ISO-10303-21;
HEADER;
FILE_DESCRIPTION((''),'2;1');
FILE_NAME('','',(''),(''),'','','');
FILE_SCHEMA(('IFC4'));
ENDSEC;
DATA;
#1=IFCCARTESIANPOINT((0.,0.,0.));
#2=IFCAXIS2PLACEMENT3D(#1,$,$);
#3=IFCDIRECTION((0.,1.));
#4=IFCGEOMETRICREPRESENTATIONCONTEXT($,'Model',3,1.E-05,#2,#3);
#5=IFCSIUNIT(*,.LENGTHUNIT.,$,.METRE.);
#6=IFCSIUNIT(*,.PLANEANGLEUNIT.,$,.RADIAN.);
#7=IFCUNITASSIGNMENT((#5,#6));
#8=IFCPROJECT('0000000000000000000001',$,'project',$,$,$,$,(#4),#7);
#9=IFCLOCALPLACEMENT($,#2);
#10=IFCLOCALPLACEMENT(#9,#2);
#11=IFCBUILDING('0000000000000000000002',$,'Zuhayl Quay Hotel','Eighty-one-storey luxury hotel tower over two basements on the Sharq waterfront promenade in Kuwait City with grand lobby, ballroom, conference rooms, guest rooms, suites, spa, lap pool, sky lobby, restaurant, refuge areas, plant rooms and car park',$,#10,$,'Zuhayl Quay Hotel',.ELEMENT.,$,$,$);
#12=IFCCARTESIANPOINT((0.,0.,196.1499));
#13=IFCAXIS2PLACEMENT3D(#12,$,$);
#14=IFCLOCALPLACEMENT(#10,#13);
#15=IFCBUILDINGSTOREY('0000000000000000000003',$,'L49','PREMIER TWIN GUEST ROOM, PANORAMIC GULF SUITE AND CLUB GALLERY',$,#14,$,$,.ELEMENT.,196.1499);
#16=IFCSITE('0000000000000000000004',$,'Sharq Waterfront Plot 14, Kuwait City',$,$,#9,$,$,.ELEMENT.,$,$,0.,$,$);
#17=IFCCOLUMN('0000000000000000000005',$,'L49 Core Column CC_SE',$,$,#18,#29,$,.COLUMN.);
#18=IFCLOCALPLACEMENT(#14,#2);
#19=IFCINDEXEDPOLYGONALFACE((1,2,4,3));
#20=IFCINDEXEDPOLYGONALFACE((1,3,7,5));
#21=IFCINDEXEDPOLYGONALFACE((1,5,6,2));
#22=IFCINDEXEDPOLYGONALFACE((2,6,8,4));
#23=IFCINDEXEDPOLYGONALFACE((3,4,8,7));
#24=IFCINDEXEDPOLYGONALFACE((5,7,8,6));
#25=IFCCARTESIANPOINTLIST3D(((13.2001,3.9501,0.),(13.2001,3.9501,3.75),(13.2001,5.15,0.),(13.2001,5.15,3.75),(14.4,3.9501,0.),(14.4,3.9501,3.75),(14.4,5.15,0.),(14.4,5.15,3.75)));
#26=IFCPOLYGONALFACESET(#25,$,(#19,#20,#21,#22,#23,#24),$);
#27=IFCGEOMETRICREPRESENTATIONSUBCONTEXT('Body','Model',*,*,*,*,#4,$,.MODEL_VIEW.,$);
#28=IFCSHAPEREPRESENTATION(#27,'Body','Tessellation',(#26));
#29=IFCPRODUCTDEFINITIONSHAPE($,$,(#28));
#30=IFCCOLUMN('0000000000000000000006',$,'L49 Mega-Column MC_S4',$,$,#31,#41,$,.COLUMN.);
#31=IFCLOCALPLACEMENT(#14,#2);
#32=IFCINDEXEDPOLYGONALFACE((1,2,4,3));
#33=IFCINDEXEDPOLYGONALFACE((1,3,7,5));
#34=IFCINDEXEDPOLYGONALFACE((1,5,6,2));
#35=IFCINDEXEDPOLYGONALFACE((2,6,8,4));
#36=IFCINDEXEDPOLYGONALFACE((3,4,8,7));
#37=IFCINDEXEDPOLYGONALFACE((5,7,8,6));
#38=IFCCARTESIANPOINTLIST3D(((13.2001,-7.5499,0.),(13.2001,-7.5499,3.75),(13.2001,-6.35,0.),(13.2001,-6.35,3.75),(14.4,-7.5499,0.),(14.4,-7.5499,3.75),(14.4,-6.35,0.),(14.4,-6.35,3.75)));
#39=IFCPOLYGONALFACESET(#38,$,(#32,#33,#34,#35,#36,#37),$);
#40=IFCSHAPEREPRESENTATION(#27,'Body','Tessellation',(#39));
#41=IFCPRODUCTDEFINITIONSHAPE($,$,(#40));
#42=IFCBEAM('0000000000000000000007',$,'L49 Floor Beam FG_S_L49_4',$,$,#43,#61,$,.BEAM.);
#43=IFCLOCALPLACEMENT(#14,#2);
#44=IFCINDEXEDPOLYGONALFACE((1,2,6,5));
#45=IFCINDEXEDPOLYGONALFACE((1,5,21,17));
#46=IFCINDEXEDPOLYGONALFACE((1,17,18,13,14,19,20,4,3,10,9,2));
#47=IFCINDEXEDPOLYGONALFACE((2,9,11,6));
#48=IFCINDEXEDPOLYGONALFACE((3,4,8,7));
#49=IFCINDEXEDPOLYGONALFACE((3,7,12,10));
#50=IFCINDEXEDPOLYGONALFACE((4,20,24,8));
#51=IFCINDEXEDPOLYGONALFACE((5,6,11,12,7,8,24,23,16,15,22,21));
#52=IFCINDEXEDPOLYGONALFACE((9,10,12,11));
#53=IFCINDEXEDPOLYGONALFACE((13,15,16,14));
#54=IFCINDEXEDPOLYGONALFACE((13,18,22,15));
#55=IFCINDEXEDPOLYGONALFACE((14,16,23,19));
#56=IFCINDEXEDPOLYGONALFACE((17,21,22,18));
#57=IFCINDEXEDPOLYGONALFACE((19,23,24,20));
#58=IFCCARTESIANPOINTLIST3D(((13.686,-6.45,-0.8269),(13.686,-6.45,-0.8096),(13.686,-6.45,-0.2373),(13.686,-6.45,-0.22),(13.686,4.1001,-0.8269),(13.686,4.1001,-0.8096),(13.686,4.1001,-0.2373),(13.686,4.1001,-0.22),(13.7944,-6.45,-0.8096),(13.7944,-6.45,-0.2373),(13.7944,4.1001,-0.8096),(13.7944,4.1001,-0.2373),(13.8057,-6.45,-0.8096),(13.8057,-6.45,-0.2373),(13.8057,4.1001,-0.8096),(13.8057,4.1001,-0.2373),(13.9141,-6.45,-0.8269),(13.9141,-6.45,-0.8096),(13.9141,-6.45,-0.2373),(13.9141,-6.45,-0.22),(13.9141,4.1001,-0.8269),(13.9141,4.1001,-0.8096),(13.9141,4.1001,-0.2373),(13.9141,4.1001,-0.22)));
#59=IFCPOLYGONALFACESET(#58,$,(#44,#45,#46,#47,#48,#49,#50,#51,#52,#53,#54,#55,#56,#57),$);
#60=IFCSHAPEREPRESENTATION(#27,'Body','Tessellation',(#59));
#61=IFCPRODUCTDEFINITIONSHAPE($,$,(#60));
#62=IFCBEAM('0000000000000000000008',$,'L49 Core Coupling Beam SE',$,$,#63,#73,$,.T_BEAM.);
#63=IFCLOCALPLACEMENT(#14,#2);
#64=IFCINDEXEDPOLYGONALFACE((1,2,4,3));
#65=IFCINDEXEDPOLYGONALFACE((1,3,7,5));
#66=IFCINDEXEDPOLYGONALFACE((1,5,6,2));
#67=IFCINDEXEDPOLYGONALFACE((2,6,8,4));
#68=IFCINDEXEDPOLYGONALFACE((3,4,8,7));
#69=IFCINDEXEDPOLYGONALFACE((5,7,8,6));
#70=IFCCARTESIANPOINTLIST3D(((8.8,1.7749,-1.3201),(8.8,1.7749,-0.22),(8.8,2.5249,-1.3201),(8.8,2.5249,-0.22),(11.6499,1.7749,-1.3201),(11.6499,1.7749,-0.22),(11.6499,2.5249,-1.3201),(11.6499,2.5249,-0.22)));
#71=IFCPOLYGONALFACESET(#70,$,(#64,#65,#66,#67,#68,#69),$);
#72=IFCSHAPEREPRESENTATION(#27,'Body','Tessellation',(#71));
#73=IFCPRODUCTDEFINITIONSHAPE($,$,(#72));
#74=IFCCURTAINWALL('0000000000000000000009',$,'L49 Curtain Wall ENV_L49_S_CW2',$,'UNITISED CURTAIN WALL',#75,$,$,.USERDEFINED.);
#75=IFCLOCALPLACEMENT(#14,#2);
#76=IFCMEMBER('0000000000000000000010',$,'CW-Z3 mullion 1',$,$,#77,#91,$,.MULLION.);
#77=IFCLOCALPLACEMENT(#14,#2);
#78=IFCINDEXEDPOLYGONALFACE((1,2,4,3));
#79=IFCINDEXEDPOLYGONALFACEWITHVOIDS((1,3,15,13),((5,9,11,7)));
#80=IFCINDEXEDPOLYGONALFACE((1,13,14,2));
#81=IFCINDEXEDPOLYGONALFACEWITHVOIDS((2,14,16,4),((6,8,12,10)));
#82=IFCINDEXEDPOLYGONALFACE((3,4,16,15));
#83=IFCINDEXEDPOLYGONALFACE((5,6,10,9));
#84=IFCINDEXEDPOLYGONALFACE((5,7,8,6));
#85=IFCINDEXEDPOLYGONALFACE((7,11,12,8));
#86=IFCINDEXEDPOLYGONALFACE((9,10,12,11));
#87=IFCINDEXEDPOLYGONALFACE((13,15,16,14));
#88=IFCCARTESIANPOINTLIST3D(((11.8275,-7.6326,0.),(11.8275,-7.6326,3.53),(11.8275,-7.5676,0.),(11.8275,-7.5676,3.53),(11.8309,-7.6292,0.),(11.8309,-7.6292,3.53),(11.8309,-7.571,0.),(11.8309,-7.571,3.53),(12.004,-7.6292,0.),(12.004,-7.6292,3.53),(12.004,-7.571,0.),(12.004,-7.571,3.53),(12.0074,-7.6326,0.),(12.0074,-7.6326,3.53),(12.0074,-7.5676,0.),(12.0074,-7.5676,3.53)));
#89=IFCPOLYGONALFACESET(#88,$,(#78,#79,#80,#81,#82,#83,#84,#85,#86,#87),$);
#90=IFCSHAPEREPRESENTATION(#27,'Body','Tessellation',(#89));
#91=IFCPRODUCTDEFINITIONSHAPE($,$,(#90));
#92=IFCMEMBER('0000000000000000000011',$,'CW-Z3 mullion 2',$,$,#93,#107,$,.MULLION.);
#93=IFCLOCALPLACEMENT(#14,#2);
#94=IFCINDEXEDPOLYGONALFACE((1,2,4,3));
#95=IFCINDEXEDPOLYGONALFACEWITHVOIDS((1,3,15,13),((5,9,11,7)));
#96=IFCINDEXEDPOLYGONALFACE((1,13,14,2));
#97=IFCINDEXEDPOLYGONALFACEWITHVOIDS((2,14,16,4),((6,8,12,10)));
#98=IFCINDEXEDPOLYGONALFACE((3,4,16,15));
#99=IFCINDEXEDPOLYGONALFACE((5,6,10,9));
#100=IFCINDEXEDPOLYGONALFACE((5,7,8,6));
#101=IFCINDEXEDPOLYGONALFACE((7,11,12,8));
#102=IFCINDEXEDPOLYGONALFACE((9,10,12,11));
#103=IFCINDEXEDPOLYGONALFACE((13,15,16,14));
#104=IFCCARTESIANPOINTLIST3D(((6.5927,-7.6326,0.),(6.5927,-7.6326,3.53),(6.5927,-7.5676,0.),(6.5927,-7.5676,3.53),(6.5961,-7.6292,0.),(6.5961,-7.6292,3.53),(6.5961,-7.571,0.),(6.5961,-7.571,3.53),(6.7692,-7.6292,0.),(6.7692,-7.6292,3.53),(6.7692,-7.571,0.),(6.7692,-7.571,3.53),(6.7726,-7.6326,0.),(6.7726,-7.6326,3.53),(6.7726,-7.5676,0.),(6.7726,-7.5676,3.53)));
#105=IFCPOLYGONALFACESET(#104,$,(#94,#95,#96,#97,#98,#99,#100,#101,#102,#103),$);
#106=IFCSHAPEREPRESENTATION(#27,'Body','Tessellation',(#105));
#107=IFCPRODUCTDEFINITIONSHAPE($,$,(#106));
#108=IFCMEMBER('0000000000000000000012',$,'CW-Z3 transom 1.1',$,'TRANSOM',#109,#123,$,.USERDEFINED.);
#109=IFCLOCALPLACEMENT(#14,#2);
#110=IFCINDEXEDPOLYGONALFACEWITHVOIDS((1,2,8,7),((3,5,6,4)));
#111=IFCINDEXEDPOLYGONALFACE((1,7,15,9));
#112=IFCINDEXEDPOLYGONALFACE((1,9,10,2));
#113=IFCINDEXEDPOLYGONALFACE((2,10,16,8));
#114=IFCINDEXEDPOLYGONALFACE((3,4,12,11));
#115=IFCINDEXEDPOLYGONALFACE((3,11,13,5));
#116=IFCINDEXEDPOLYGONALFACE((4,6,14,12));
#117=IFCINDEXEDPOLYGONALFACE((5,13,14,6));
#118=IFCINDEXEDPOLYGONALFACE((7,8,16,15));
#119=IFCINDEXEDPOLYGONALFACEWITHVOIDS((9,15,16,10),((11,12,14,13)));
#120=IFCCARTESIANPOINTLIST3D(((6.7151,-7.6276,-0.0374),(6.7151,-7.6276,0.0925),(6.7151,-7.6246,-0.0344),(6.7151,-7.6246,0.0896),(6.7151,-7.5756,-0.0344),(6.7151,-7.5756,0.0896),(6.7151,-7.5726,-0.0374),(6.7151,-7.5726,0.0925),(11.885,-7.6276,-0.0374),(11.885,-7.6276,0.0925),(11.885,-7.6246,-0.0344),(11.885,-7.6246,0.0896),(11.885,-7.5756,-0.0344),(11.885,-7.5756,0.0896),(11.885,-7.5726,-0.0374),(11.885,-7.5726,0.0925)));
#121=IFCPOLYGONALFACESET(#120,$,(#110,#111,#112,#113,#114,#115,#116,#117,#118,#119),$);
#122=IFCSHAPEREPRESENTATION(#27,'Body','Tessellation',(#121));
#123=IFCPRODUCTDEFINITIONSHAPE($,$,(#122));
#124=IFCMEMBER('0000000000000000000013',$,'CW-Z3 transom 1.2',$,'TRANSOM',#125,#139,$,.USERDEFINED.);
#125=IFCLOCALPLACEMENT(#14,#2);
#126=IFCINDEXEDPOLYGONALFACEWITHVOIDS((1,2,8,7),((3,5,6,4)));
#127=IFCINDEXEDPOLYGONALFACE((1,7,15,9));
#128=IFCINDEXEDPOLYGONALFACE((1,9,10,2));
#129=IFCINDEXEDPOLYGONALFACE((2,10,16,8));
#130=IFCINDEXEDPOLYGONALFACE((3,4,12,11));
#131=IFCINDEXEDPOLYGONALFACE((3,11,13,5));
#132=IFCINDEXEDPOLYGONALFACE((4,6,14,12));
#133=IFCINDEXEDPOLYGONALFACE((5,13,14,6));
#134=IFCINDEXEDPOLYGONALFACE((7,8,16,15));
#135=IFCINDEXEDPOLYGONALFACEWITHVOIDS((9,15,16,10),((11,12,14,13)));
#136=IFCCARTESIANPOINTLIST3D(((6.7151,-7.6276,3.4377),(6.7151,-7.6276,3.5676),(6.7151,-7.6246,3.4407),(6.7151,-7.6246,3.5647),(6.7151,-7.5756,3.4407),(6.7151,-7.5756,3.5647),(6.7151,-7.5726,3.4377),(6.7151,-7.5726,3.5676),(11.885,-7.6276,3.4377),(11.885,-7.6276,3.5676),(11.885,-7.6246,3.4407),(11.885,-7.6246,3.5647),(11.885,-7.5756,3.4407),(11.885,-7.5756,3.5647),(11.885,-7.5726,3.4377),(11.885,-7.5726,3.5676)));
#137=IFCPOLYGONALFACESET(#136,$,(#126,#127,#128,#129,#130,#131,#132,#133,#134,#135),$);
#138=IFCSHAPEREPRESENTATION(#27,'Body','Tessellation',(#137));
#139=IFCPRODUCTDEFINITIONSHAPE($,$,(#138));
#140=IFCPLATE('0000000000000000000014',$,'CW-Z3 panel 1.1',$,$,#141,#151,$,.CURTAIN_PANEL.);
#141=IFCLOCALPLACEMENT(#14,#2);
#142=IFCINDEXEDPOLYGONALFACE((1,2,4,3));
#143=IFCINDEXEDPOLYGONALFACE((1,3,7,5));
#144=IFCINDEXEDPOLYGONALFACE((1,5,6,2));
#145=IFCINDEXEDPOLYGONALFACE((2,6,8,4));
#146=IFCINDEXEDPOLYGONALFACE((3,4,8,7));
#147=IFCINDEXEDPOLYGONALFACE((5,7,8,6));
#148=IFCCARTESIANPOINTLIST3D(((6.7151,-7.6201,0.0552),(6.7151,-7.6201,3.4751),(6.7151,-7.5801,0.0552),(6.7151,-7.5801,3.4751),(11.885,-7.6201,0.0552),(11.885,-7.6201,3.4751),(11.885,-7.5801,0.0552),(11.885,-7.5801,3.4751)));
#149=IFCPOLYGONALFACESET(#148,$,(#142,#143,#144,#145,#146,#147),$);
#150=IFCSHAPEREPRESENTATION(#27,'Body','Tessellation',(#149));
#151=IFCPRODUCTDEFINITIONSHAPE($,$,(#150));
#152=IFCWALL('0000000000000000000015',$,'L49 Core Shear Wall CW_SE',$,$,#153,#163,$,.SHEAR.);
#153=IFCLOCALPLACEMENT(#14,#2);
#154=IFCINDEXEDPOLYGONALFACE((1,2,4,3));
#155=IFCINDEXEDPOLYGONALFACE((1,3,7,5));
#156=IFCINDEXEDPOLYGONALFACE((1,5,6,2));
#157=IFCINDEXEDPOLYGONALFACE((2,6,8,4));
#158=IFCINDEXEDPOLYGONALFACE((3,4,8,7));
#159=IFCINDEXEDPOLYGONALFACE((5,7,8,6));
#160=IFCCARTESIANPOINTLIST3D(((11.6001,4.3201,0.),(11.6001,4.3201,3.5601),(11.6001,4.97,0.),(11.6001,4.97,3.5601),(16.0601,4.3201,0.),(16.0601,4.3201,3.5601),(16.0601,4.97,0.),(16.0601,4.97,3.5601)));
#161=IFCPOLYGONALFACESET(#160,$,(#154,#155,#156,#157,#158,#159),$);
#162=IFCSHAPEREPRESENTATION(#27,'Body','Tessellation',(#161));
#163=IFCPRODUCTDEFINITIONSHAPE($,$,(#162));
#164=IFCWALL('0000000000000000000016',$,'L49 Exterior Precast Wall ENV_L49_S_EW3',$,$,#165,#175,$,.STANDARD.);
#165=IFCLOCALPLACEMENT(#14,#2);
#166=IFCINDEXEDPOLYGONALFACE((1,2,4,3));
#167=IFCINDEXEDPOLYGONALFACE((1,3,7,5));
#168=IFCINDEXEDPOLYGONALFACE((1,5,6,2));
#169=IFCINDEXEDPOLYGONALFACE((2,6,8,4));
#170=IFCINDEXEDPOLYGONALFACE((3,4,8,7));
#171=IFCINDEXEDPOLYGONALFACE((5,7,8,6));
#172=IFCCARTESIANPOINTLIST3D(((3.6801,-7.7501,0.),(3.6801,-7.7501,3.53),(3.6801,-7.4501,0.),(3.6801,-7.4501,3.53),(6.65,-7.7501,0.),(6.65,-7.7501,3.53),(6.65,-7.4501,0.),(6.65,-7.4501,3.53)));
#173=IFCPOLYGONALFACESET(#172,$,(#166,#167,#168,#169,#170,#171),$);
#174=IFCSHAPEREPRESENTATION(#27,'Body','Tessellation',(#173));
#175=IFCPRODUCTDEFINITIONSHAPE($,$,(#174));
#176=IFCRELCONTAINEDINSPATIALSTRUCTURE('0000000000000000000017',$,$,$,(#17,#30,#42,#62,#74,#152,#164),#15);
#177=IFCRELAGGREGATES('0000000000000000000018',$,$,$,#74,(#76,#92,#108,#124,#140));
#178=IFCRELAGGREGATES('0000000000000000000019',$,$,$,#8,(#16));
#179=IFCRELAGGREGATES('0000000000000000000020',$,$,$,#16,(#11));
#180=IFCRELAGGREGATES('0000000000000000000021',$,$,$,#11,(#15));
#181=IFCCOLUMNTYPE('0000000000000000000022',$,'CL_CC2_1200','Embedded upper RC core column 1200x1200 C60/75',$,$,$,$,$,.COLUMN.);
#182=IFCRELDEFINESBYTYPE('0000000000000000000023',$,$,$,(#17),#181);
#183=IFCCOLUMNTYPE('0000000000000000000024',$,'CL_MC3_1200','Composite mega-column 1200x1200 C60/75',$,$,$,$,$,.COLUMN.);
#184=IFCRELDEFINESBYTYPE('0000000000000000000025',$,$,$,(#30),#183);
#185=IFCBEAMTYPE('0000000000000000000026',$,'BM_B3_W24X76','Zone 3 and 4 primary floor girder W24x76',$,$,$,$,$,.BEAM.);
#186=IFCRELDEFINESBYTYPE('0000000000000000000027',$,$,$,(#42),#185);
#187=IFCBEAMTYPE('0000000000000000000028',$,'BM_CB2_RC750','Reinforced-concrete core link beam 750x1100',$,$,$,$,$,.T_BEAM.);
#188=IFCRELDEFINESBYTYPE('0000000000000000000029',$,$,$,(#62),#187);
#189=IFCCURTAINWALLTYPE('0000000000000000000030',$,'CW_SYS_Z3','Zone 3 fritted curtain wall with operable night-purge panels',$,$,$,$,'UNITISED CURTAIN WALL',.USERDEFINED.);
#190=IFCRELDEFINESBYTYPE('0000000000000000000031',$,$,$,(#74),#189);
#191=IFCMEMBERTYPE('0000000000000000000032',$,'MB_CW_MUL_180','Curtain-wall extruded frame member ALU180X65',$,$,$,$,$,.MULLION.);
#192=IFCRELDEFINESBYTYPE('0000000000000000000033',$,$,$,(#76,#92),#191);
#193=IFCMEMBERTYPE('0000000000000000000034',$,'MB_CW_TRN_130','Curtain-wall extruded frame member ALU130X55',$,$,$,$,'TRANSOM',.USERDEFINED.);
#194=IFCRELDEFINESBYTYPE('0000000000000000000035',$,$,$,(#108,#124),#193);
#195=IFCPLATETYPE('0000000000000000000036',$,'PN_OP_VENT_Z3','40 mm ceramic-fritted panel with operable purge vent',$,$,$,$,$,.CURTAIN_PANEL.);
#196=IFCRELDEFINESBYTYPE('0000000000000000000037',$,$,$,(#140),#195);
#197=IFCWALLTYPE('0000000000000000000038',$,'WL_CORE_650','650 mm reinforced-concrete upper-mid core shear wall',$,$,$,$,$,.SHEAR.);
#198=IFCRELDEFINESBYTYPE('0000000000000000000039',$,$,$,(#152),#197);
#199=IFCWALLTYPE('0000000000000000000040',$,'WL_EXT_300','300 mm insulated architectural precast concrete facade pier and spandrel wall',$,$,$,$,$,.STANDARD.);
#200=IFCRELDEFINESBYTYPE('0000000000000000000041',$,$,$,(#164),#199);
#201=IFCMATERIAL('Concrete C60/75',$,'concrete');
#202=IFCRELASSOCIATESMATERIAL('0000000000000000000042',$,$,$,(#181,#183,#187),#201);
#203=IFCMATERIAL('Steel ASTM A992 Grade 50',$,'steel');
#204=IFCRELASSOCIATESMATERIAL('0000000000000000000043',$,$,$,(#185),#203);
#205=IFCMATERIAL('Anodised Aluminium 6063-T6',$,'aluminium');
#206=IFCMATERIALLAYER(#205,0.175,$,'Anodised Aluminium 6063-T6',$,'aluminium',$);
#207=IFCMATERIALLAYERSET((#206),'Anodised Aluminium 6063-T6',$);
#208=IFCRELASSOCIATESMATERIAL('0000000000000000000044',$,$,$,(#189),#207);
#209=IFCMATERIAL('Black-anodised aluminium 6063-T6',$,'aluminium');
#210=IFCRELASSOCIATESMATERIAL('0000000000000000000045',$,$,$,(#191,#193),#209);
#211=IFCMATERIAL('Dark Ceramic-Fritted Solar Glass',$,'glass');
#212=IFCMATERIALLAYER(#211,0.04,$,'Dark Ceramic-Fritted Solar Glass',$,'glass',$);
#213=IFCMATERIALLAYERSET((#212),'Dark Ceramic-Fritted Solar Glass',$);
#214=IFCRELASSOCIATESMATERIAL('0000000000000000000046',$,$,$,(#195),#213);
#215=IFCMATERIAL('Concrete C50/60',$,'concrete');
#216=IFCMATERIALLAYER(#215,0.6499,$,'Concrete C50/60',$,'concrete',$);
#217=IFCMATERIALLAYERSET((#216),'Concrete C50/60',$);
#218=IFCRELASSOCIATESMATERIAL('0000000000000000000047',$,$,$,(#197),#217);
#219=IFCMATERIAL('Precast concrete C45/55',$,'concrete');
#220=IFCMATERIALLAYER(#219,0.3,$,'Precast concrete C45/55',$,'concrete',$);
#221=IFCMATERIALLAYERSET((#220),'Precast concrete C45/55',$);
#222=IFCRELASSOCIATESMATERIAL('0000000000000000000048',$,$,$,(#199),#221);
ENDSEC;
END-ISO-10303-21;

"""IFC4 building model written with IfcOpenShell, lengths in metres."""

from ifc_helpers import new_model, si_unit, direction, frame, frame_2d, origin, origin_2d, place, context, subcontext, project, spatial, rectangle, hollow_rectangle, i_section, extrude, material, layer, layer_set, material_profile, profile_set, type_object, element, aggregate, save


model = new_model("IFC4")

# Units and contexts
model_context = context("Model", 3, precision=1e-05, world=origin(), true_north=direction((0.0, 1.0)))
body_context = subcontext(model_context, "Body", "Model", "MODEL_VIEW")
ifc_project = project(units=[si_unit("LENGTHUNIT", "METRE"), si_unit("PLANEANGLEUNIT", "RADIAN")], contexts=[model_context])

# Site, building, storey
site_placement = place(None, origin())
site = spatial("IfcSite", under=ifc_project, at=site_placement, Name="Sharq Waterfront Plot 14, Kuwait City", CompositionType="ELEMENT", RefElevation=0.0)
building_placement = place(site_placement, origin())
building = spatial("IfcBuilding", under=site, at=building_placement, Name="Zuhayl Quay Hotel", Description="Eighty-one-storey luxury hotel tower over two basements on the Sharq waterfront promenade in Kuwait City with grand lobby, ballroom, conference rooms, guest rooms, suites, spa, lap pool, sky lobby, restaurant, refuge areas, plant rooms and car park", LongName="Zuhayl Quay Hotel", CompositionType="ELEMENT")
storey_placement = place(building_placement, frame((0.0, 0.0, 196.1499)))
storey = spatial("IfcBuildingStorey", under=building, at=storey_placement, Name="L49", Description="PREMIER TWIN GUEST ROOM, PANORAMIC GULF SUITE AND CLUB GALLERY", CompositionType="ELEMENT", Elevation=196.1499)

# Columns
ifc_material_1 = material(Name="Concrete C60/75", Category="concrete")
ifc_material_profile_1 = material_profile(ifc_material_1, rectangle(XDim=1.2, YDim=1.2, at=origin_2d()), Name="RC1200X1200")
ifc_profile_set_1 = profile_set([ifc_material_profile_1], Name="Concrete C60/75")
column_type_1 = type_object("IfcColumnType", Name="CL_CC2_1200", Description="Embedded upper RC core column 1200x1200 C60/75", PredefinedType="COLUMN", material=ifc_profile_set_1)
column_1_placement = place(storey_placement, frame((13.8, 4.55, 0.0), z_axis=(0.0, 0.0, 1.0), x_axis=(1.0, 0.0, 0.0)))
element("IfcColumn", 1, at=column_1_placement, inside=storey, type_object=column_type_1, Name="L49 Core Column CC_SE", PredefinedType="COLUMN", context=body_context, shape_type="SweptSolid", body=[
    extrude(rectangle(XDim=1.2, YDim=1.2, at=origin_2d()), origin(), (0.0, 0.0, 1.0), 3.75),
])
ifc_material_profile_2 = material_profile(ifc_material_1, rectangle(XDim=1.2, YDim=1.2, at=origin_2d()), Name="RC1200X1200")
ifc_profile_set_2 = profile_set([ifc_material_profile_2], Name="Concrete C60/75")
column_type_2 = type_object("IfcColumnType", Name="CL_MC3_1200", Description="Composite mega-column 1200x1200 C60/75", PredefinedType="COLUMN", material=ifc_profile_set_2)
column_2_placement = place(storey_placement, frame((13.8, -6.95, 0.0), z_axis=(0.0, 0.0, 1.0), x_axis=(1.0, 0.0, 0.0)))
element("IfcColumn", 2, at=column_2_placement, inside=storey, type_object=column_type_2, Name="L49 Mega-Column MC_S4", PredefinedType="COLUMN", context=body_context, shape_type="SweptSolid", body=[
    extrude(rectangle(XDim=1.2, YDim=1.2, at=origin_2d()), origin(), (0.0, 0.0, 1.0), 3.75),
])

# Beams
ifc_material_2 = material(Name="Steel ASTM A992 Grade 50", Category="steel")
ifc_material_profile_3 = material_profile(ifc_material_2, i_section(OverallWidth=0.228, OverallDepth=0.6069, WebThickness=0.0112, FlangeThickness=0.0173, at=origin_2d()), Name="W24X76")
ifc_profile_set_3 = profile_set([ifc_material_profile_3], Name="Steel ASTM A992 Grade 50")
beam_type_1 = type_object("IfcBeamType", Name="BM_B3_W24X76", Description="Zone 3 and 4 primary floor girder W24x76", PredefinedType="BEAM", material=ifc_profile_set_3)
beam_1_placement = place(storey_placement, frame((13.8, -6.45, -0.5234), z_axis=(0.0, 1.0, 0.0), x_axis=(-1.0, 0.0, 0.0)))
element("IfcBeam", 3, at=beam_1_placement, inside=storey, type_object=beam_type_1, Name="L49 Floor Beam FG_S_L49_4", PredefinedType="BEAM", context=body_context, shape_type="SweptSolid", body=[
    extrude(i_section(OverallWidth=0.228, OverallDepth=0.6069, WebThickness=0.0112, FlangeThickness=0.0173, at=origin_2d()), origin(), (0.0, 0.0, 1.0), 10.55),
])
ifc_material_profile_4 = material_profile(ifc_material_1, rectangle(XDim=0.75, YDim=1.1001, at=origin_2d()), Name="RC750X1100")
ifc_profile_set_4 = profile_set([ifc_material_profile_4], Name="Concrete C60/75")
beam_type_2 = type_object("IfcBeamType", Name="BM_CB2_RC750", Description="Reinforced-concrete core link beam 750x1100", PredefinedType="T_BEAM", material=ifc_profile_set_4)
beam_2_placement = place(storey_placement, frame((8.8, 2.1499, -0.77), z_axis=(1.0, 0.0, 0.0), x_axis=(0.0, 1.0, 0.0)))
element("IfcBeam", 4, at=beam_2_placement, inside=storey, type_object=beam_type_2, Name="L49 Core Coupling Beam SE", PredefinedType="T_BEAM", context=body_context, shape_type="SweptSolid", body=[
    extrude(rectangle(XDim=0.75, YDim=1.1001, at=origin_2d()), origin(), (0.0, 0.0, 1.0), 2.8499),
])

# Curtain wall, members, plate
ifc_material_3 = material(Name="Anodised Aluminium 6063-T6", Category="aluminium")
ifc_layer_1 = layer(ifc_material_3, 0.175, Name="Anodised Aluminium 6063-T6", Category="aluminium")
ifc_layer_set_1 = layer_set([ifc_layer_1], Name="Anodised Aluminium 6063-T6")
curtain_wall_type = type_object("IfcCurtainWallType", Name="CW_SYS_Z3", Description="Zone 3 fritted curtain wall with operable night-purge panels", ElementType="UNITISED CURTAIN WALL", PredefinedType="USERDEFINED", material=ifc_layer_set_1)
curtain_wall_placement = place(storey_placement, origin())
curtain_wall = element("IfcCurtainWall", 5, at=curtain_wall_placement, inside=storey, type_object=curtain_wall_type, Name="L49 Curtain Wall ENV_L49_S_CW2", ObjectType="UNITISED CURTAIN WALL", PredefinedType="USERDEFINED")
ifc_material_4 = material(Name="Black-anodised aluminium 6063-T6", Category="aluminium")
ifc_material_profile_5 = material_profile(ifc_material_4, hollow_rectangle(XDim=0.0649, YDim=0.1799, WallThickness=0.0034, at=origin_2d()), Name="ALU180X65")
ifc_profile_set_5 = profile_set([ifc_material_profile_5], Name="Black-anodised aluminium 6063-T6")
member_type_1 = type_object("IfcMemberType", Name="MB_CW_MUL_180", Description="Curtain-wall extruded frame member ALU180X65", PredefinedType="MULLION", material=ifc_profile_set_5)
member_1_placement = place(storey_placement, frame((11.9175, -7.6001, 0.0), z_axis=(0.0, 0.0, 1.0), x_axis=(0.0, -1.0, 0.0)))
member_1 = element("IfcMember", 6, at=member_1_placement, type_object=member_type_1, Name="CW-Z3 mullion 1", PredefinedType="MULLION", context=body_context, shape_type="SweptSolid", body=[
    extrude(hollow_rectangle(XDim=0.0649, YDim=0.1799, WallThickness=0.0034, at=origin_2d()), origin(), (0.0, 0.0, 1.0), 3.53),
])
member_2_placement = place(storey_placement, frame((6.6826, -7.6001, 0.0), z_axis=(0.0, 0.0, 1.0), x_axis=(0.0, -1.0, 0.0)))
member_2 = element("IfcMember", 7, at=member_2_placement, type_object=member_type_1, Name="CW-Z3 mullion 2", PredefinedType="MULLION", context=body_context, shape_type="SweptSolid", body=[
    extrude(hollow_rectangle(XDim=0.0649, YDim=0.1799, WallThickness=0.0034, at=origin_2d()), origin(), (0.0, 0.0, 1.0), 3.53),
])
ifc_material_profile_6 = material_profile(ifc_material_4, hollow_rectangle(XDim=0.0549, YDim=0.1299, WallThickness=0.0029, at=origin_2d()), Name="ALU130X55")
ifc_profile_set_6 = profile_set([ifc_material_profile_6], Name="Black-anodised aluminium 6063-T6")
member_type_2 = type_object("IfcMemberType", Name="MB_CW_TRN_130", Description="Curtain-wall extruded frame member ALU130X55", ElementType="TRANSOM", PredefinedType="USERDEFINED", material=ifc_profile_set_6)
member_3_placement = place(storey_placement, frame((11.885, -7.6001, 0.0276), z_axis=(-1.0, 0.0, 0.0), x_axis=(0.0, -1.0, 0.0)))
member_3 = element("IfcMember", 8, at=member_3_placement, type_object=member_type_2, Name="CW-Z3 transom 1.1", ObjectType="TRANSOM", PredefinedType="USERDEFINED", context=body_context, shape_type="SweptSolid", body=[
    extrude(hollow_rectangle(XDim=0.0549, YDim=0.1299, WallThickness=0.0029, at=origin_2d()), origin(), (0.0, 0.0, 1.0), 5.1699),
])
member_4_placement = place(storey_placement, frame((11.885, -7.6001, 3.5027), z_axis=(-1.0, 0.0, 0.0), x_axis=(0.0, -1.0, 0.0)))
member_4 = element("IfcMember", 9, at=member_4_placement, type_object=member_type_2, Name="CW-Z3 transom 1.2", ObjectType="TRANSOM", PredefinedType="USERDEFINED", context=body_context, shape_type="SweptSolid", body=[
    extrude(hollow_rectangle(XDim=0.0549, YDim=0.1299, WallThickness=0.0029, at=origin_2d()), origin(), (0.0, 0.0, 1.0), 5.1699),
])
ifc_material_5 = material(Name="Dark Ceramic-Fritted Solar Glass", Category="glass")
ifc_layer_2 = layer(ifc_material_5, 0.04, Name="Dark Ceramic-Fritted Solar Glass", Category="glass")
ifc_layer_set_2 = layer_set([ifc_layer_2], Name="Dark Ceramic-Fritted Solar Glass")
plate_type = type_object("IfcPlateType", Name="PN_OP_VENT_Z3", Description="40 mm ceramic-fritted panel with operable purge vent", PredefinedType="CURTAIN_PANEL", material=ifc_layer_set_2)
plate_placement = place(storey_placement, frame((9.3, -7.6001, 0.0552), z_axis=(0.0, 0.0, 1.0), x_axis=(-1.0, 0.0, 0.0)))
plate = element("IfcPlate", 10, at=plate_placement, type_object=plate_type, Name="CW-Z3 panel 1.1", PredefinedType="CURTAIN_PANEL", context=body_context, shape_type="SweptSolid", body=[
    extrude(rectangle(XDim=5.1699, YDim=0.04, at=origin_2d()), origin(), (0.0, 0.0, 1.0), 3.4199),
])
aggregate(curtain_wall, [member_1, member_2, member_3, member_4, plate])

# Walls
ifc_material_6 = material(Name="Concrete C50/60", Category="concrete")
ifc_layer_3 = layer(ifc_material_6, 0.6499, Name="Concrete C50/60", Category="concrete")
ifc_layer_set_3 = layer_set([ifc_layer_3], Name="Concrete C50/60")
wall_type_1 = type_object("IfcWallType", Name="WL_CORE_650", Description="650 mm reinforced-concrete upper-mid core shear wall", PredefinedType="SHEAR", material=ifc_layer_set_3)
wall_1_placement = place(storey_placement, frame((11.6001, 4.645, 0.0), z_axis=(0.0, 0.0, 1.0), x_axis=(1.0, 0.0, 0.0)))
element("IfcWall", 11, at=wall_1_placement, inside=storey, type_object=wall_type_1, Name="L49 Core Shear Wall CW_SE", PredefinedType="SHEAR", context=body_context, shape_type="SweptSolid", body=[
    extrude(rectangle(XDim=4.46, YDim=0.6499, at=frame_2d((2.23, 0.0))), origin(), (0.0, 0.0, 1.0), 3.5601),
])
ifc_material_7 = material(Name="Precast concrete C45/55", Category="concrete")
ifc_layer_4 = layer(ifc_material_7, 0.3, Name="Precast concrete C45/55", Category="concrete")
ifc_layer_set_4 = layer_set([ifc_layer_4], Name="Precast concrete C45/55")
wall_type_2 = type_object("IfcWallType", Name="WL_EXT_300", Description="300 mm insulated architectural precast concrete facade pier and spandrel wall", PredefinedType="STANDARD", material=ifc_layer_set_4)
wall_2_placement = place(storey_placement, frame((6.6499, -7.6001, 0.0), z_axis=(0.0, 0.0, 1.0), x_axis=(-1.0, 0.0, 0.0)))
element("IfcWall", 12, at=wall_2_placement, inside=storey, type_object=wall_type_2, Name="L49 Exterior Precast Wall ENV_L49_S_EW3", PredefinedType="STANDARD", context=body_context, shape_type="SweptSolid", body=[
    extrude(rectangle(XDim=2.97, YDim=0.3, at=frame_2d((1.4849, 0.0))), origin(), (0.0, 0.0, 1.0), 3.53),
])

save(model, "model.ifc")
